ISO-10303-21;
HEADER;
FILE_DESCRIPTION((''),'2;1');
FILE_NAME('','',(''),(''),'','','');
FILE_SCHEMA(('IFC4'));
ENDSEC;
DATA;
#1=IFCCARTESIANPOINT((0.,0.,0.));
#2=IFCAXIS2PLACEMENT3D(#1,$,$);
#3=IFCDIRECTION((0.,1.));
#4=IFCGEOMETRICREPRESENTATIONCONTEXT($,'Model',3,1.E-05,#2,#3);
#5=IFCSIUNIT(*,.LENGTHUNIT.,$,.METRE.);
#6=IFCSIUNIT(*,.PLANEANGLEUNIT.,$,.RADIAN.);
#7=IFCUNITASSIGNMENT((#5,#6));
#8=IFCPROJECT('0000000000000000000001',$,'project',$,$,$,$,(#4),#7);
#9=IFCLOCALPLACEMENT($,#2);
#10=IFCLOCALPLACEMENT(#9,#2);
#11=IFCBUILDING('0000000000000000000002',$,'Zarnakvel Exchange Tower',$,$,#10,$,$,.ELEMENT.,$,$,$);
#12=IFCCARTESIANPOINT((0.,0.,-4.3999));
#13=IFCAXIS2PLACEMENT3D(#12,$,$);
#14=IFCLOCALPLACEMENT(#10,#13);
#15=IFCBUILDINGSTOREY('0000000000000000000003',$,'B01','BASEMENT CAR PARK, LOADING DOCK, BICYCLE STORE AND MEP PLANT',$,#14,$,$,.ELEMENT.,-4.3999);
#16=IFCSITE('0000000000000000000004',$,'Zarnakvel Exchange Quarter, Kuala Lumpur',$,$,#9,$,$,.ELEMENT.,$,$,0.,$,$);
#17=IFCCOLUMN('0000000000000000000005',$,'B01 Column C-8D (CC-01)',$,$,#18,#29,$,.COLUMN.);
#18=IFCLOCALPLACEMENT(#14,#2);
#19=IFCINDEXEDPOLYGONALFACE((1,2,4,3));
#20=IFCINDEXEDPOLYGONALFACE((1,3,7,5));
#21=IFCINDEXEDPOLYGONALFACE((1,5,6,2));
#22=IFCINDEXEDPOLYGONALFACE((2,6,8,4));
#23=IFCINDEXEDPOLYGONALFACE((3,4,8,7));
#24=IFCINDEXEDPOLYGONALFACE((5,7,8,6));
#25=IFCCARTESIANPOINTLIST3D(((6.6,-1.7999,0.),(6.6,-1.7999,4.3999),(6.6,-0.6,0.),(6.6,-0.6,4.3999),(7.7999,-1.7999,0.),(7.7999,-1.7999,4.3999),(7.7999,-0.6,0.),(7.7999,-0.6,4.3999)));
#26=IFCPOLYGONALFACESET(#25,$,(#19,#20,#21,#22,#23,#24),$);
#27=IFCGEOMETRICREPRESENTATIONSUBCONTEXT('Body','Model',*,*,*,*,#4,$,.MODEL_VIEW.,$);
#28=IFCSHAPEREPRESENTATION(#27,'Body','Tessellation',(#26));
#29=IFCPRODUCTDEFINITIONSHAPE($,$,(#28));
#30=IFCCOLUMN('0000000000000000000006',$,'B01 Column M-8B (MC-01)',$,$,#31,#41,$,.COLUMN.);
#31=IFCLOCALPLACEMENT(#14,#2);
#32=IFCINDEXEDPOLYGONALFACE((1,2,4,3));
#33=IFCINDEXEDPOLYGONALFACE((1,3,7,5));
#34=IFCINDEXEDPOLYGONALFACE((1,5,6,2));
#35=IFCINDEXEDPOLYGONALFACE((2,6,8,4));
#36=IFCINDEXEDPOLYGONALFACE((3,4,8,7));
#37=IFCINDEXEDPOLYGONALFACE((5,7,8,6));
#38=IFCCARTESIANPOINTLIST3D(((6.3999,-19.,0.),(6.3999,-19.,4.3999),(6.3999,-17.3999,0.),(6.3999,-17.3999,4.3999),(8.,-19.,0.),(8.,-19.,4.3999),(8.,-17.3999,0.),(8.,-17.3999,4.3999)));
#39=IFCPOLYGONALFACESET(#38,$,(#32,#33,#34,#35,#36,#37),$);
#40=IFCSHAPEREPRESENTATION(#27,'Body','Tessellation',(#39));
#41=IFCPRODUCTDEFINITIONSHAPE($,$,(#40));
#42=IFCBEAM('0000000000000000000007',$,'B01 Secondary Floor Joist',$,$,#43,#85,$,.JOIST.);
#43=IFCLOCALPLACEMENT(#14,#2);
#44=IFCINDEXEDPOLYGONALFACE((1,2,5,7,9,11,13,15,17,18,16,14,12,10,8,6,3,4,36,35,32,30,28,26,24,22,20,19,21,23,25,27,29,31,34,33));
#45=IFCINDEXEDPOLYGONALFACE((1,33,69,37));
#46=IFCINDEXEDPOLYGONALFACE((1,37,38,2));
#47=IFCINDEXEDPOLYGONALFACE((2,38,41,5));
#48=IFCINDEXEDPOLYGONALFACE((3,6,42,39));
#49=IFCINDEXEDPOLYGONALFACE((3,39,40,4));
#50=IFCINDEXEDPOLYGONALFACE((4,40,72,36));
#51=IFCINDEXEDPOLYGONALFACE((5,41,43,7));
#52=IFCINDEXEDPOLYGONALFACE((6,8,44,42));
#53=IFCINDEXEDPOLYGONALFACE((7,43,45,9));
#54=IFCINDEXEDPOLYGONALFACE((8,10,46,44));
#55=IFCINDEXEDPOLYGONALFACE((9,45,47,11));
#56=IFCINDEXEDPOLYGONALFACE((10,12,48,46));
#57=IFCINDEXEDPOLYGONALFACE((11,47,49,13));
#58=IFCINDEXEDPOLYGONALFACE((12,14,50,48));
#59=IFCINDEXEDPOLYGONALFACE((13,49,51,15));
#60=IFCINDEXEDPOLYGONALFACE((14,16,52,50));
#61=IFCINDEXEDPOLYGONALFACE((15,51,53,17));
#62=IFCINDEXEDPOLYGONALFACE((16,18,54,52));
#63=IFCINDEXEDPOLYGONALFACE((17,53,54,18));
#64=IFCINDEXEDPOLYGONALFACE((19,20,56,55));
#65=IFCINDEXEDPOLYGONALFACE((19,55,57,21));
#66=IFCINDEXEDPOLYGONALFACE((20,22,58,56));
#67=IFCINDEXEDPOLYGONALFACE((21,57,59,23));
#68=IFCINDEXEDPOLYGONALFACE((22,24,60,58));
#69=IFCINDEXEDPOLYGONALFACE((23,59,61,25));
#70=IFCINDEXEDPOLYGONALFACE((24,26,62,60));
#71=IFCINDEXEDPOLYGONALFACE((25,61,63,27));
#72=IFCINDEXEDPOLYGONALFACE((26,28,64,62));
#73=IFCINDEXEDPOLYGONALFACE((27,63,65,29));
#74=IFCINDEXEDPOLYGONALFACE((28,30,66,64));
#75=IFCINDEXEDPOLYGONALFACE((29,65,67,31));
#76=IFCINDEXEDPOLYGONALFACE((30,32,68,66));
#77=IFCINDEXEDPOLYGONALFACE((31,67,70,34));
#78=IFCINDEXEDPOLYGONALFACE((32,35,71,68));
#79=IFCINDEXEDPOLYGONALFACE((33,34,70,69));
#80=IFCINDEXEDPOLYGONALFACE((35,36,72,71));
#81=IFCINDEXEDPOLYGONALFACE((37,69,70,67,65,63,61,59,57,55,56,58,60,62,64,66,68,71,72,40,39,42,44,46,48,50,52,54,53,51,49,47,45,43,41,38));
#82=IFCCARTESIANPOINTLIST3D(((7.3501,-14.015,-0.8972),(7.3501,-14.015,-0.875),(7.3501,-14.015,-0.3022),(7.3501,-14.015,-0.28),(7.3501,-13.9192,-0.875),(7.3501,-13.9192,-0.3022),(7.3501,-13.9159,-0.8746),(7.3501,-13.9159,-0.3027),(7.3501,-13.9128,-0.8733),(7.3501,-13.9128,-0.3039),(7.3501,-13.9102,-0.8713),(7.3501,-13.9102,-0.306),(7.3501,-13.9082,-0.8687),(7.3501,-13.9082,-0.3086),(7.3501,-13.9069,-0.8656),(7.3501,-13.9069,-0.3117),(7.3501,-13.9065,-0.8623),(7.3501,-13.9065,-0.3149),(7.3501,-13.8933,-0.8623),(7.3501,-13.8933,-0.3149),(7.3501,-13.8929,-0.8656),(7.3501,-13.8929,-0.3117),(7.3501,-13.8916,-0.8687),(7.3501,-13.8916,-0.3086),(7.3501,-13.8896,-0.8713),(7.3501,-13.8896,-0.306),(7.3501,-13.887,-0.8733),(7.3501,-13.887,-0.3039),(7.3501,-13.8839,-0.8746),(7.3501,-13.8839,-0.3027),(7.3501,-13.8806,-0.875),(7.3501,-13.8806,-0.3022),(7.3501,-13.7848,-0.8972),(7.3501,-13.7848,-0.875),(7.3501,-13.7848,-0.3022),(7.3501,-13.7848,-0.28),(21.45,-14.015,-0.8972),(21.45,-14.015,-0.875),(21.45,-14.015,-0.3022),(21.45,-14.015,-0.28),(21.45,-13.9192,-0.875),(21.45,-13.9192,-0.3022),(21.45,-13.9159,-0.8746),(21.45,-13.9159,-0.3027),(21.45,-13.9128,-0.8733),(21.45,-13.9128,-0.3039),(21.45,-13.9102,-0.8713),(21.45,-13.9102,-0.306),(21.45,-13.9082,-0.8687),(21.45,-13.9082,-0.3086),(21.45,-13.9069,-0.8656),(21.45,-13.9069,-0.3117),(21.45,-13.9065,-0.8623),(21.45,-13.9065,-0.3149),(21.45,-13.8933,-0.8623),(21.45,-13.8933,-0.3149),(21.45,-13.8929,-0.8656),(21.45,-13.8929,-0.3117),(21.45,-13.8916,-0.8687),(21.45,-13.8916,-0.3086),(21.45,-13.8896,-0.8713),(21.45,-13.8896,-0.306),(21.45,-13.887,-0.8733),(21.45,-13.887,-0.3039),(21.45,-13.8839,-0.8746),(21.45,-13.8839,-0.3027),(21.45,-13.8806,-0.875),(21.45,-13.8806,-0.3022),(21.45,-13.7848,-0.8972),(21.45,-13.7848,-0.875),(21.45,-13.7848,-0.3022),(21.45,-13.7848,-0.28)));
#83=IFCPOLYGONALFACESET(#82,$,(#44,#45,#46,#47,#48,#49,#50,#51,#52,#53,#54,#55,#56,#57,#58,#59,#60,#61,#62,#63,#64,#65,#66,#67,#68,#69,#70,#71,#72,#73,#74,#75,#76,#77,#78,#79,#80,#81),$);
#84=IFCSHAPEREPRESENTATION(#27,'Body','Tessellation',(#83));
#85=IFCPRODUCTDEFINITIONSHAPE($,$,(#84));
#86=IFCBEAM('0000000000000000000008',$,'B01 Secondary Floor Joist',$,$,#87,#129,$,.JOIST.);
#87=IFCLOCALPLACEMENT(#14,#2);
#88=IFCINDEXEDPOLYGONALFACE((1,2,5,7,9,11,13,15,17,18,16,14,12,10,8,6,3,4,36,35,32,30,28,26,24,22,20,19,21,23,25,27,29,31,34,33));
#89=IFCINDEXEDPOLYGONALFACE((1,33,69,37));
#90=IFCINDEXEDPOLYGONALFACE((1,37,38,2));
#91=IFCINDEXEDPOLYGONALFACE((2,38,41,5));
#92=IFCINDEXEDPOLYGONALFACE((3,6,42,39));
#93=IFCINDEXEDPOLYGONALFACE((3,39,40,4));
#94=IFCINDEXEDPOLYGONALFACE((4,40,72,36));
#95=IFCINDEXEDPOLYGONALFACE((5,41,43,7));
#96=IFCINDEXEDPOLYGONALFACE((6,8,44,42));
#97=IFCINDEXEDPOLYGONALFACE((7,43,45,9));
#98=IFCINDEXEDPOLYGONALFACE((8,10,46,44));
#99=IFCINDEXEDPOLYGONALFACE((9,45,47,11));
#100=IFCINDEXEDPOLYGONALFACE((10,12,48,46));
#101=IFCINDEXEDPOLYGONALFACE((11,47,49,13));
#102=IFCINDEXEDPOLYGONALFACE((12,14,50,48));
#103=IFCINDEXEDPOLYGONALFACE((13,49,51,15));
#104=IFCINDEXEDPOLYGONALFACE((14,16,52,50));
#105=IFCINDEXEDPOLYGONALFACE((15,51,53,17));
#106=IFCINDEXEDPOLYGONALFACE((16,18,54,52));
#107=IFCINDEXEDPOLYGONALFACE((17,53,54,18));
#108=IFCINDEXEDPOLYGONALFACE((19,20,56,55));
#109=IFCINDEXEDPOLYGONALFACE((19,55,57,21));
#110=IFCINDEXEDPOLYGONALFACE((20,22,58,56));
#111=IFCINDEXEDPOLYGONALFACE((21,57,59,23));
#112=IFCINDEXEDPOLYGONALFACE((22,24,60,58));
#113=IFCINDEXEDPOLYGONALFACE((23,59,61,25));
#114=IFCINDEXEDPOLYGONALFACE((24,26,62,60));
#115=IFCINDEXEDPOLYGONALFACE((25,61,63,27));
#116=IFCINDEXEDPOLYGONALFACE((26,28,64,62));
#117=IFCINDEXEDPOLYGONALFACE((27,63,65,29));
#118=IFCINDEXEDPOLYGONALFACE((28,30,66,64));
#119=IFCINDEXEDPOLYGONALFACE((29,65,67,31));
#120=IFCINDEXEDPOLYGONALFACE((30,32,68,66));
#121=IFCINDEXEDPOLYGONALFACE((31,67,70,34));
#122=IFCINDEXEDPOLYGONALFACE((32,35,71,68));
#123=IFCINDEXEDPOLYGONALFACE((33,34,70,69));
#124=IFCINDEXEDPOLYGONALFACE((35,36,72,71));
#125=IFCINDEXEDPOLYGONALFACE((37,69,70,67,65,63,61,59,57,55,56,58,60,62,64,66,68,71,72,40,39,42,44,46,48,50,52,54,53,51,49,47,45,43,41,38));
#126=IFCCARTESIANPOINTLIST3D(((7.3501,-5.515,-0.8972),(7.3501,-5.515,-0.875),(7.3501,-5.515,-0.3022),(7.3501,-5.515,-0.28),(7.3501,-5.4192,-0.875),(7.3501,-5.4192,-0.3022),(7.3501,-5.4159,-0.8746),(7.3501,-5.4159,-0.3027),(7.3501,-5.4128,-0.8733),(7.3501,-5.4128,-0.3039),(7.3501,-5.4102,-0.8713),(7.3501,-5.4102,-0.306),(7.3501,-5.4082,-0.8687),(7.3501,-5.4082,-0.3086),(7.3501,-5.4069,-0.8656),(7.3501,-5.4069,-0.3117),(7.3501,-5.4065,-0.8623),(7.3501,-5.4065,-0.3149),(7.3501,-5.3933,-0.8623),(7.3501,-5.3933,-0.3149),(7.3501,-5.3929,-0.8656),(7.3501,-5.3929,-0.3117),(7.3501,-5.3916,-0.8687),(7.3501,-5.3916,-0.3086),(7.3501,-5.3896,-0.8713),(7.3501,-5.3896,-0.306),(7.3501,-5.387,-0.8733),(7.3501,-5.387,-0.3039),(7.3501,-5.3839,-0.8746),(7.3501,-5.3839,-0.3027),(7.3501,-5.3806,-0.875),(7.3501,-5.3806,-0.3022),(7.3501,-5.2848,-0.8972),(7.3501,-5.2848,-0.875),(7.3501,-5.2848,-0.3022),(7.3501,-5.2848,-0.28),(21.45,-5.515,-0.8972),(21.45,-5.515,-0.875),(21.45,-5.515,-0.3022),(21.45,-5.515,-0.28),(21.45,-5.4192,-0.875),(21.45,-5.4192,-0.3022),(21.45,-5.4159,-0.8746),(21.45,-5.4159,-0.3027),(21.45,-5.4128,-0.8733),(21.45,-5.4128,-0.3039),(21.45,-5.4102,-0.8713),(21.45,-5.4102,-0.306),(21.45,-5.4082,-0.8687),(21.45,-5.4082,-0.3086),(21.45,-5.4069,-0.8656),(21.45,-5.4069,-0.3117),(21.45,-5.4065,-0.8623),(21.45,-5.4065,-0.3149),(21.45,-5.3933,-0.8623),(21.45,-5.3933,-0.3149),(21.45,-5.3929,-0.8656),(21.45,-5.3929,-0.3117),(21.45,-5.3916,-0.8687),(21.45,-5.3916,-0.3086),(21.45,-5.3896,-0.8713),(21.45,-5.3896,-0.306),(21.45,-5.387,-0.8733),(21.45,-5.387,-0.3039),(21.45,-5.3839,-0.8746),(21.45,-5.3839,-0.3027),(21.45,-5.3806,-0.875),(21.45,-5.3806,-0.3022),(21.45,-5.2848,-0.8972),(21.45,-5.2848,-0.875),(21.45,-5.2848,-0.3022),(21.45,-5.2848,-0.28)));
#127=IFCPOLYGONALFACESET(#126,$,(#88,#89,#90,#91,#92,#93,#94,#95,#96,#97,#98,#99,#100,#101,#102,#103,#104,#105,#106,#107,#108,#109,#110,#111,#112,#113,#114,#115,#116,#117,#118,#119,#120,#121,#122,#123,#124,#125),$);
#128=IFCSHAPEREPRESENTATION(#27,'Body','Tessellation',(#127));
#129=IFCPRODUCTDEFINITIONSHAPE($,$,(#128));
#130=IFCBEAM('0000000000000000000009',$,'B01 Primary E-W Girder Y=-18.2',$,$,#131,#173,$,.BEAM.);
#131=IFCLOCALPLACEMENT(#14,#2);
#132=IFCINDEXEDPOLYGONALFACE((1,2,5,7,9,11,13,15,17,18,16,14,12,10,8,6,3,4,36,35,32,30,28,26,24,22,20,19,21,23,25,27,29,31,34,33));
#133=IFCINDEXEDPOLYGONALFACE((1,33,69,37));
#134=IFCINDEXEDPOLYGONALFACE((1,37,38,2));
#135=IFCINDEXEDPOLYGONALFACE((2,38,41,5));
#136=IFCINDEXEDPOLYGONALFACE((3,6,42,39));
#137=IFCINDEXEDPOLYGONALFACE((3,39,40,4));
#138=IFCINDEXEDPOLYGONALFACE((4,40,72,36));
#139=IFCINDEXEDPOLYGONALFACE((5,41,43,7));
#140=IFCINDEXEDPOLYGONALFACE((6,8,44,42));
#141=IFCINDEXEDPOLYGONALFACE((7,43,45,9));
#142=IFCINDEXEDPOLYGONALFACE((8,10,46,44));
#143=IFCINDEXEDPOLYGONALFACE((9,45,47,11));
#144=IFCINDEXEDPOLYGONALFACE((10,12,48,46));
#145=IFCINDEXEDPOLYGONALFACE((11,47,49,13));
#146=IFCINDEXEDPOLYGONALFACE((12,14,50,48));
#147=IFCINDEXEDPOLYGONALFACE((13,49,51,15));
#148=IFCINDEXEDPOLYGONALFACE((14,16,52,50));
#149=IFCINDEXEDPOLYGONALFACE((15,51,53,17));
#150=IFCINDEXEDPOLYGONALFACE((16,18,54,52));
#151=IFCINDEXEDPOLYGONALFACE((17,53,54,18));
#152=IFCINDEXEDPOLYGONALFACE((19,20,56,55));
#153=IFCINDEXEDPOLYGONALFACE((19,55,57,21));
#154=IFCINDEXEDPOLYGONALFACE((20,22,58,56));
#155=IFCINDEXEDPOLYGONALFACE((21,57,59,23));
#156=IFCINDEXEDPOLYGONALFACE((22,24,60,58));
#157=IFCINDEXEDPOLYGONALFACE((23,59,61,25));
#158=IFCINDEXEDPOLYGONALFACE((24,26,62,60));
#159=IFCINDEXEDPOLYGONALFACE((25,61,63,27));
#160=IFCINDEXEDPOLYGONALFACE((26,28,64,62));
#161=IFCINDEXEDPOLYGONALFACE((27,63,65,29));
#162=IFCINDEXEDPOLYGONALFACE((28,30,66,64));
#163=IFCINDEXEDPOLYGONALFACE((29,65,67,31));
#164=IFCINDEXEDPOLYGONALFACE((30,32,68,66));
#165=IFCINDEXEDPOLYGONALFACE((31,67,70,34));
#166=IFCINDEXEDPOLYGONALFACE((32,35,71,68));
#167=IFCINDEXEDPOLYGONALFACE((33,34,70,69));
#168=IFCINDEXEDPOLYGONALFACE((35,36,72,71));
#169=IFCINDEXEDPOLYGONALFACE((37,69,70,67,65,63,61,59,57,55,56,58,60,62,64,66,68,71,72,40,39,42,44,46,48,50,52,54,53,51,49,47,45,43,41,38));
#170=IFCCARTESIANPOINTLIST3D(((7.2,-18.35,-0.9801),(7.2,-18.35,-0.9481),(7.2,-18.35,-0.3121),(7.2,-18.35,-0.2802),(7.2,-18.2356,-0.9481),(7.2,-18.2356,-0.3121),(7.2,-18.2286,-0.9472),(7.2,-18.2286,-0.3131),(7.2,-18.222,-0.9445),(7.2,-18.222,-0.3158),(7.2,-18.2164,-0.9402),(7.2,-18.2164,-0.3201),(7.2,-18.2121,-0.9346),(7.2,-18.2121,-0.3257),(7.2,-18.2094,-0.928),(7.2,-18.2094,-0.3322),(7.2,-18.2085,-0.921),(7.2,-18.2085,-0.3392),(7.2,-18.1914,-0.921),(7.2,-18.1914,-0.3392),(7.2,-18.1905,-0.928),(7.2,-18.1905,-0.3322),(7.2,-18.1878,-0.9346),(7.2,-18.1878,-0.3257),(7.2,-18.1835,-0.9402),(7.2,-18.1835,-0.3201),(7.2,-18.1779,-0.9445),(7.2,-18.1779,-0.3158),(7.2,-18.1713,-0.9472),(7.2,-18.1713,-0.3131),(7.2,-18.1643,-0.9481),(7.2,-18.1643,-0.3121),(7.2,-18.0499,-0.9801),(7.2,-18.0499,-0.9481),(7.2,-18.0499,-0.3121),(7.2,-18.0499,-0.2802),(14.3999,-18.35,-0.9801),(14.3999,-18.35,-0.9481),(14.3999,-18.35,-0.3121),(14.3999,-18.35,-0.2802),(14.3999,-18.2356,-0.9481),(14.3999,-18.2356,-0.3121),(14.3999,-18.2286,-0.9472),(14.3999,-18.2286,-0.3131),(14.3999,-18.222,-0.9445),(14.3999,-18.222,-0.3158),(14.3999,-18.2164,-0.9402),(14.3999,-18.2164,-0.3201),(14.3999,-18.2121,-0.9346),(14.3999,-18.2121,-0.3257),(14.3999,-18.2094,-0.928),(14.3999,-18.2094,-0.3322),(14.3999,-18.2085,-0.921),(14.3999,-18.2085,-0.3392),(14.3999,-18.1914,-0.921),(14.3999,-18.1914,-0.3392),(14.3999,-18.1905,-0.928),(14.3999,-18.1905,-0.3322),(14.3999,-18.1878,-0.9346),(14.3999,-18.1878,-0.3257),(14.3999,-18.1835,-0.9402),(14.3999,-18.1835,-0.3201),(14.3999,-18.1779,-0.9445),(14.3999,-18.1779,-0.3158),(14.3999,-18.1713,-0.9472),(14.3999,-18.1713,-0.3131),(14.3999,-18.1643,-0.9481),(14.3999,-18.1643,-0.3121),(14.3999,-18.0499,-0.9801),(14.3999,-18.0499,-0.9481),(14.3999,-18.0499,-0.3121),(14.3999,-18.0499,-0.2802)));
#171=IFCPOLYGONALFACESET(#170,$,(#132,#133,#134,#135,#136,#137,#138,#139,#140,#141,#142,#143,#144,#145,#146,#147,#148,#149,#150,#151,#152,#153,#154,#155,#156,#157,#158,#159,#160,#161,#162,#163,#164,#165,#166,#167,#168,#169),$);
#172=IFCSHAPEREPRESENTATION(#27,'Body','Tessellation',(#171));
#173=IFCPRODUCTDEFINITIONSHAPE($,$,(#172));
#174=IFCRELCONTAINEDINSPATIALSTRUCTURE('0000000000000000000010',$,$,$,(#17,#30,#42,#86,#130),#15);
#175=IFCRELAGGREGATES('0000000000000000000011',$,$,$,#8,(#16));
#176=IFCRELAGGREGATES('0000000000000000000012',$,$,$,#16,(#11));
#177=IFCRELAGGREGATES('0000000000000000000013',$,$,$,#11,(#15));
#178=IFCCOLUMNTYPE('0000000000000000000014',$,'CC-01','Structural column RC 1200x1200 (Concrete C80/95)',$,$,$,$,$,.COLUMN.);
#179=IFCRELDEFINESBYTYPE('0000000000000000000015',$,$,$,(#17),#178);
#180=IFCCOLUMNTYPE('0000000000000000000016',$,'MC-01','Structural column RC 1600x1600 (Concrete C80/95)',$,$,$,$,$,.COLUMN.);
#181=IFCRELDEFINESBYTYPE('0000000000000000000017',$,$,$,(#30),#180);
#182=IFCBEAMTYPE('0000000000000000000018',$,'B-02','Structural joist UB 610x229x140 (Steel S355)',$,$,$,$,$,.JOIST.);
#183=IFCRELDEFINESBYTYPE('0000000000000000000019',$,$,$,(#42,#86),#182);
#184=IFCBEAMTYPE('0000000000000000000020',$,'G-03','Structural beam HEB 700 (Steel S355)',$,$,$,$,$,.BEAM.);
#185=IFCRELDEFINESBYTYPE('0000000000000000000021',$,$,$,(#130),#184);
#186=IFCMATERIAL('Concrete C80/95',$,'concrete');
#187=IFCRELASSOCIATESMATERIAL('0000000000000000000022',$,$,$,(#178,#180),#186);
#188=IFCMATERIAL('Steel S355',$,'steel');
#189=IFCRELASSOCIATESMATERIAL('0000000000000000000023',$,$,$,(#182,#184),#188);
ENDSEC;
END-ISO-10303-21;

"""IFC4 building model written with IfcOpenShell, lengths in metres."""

from ifc_helpers import new_model, si_unit, direction, frame, origin, origin_2d, place, context, subcontext, project, spatial, rectangle, i_section, extrude, material, material_profile, profile_set, type_object, element, save


model = new_model("IFC4")

# Units and contexts
model_context = context("Model", 3, precision=1e-05, world=origin(), true_north=direction((0.0, 1.0)))
body_context = subcontext(model_context, "Body", "Model", "MODEL_VIEW")
ifc_project = project(units=[si_unit("LENGTHUNIT", "METRE"), si_unit("PLANEANGLEUNIT", "RADIAN")], contexts=[model_context])

# Site, building, storey
site_placement = place(None, origin())
site = spatial("IfcSite", under=ifc_project, at=site_placement, Name="Zarnakvel Exchange Quarter, Kuala Lumpur", CompositionType="ELEMENT", RefElevation=0.0)
building_placement = place(site_placement, origin())
building = spatial("IfcBuilding", under=site, at=building_placement, Name="Zarnakvel Exchange Tower", CompositionType="ELEMENT")
storey_placement = place(building_placement, frame((0.0, 0.0, -4.3999)))
storey = spatial("IfcBuildingStorey", under=building, at=storey_placement, Name="B01", Description="BASEMENT CAR PARK, LOADING DOCK, BICYCLE STORE AND MEP PLANT", CompositionType="ELEMENT", Elevation=-4.3999)

# Columns
ifc_material_1 = material(Name="Concrete C80/95", Category="concrete")
ifc_material_profile_1 = material_profile(ifc_material_1, rectangle(XDim=1.2, YDim=1.2, at=origin_2d()))
ifc_profile_set_1 = profile_set([ifc_material_profile_1], Name="Concrete C80/95")
column_type_1 = type_object("IfcColumnType", Name="CC-01", Description="Structural column RC 1200x1200 (Concrete C80/95)", PredefinedType="COLUMN", material=ifc_profile_set_1)
column_1_placement = place(storey_placement, frame((7.2, -1.2, 0.0), z_axis=(0.0, 0.0, 1.0), x_axis=(1.0, 0.0, 0.0)))
element("IfcColumn", 1, at=column_1_placement, inside=storey, type_object=column_type_1, Name="B01 Column C-8D (CC-01)", PredefinedType="COLUMN", context=body_context, shape_type="SweptSolid", body=[
    extrude(rectangle(XDim=1.2, YDim=1.2, at=origin_2d()), origin(), (0.0, 0.0, 1.0), 4.3999),
])
ifc_material_profile_2 = material_profile(ifc_material_1, rectangle(XDim=1.6001, YDim=1.6001, at=origin_2d()))
ifc_profile_set_2 = profile_set([ifc_material_profile_2], Name="Concrete C80/95")
column_type_2 = type_object("IfcColumnType", Name="MC-01", Description="Structural column RC 1600x1600 (Concrete C80/95)", PredefinedType="COLUMN", material=ifc_profile_set_2)
column_2_placement = place(storey_placement, frame((7.2, -18.2, 0.0), z_axis=(0.0, 0.0, 1.0), x_axis=(1.0, 0.0, 0.0)))
element("IfcColumn", 2, at=column_2_placement, inside=storey, type_object=column_type_2, Name="B01 Column M-8B (MC-01)", PredefinedType="COLUMN", context=body_context, shape_type="SweptSolid", body=[
    extrude(rectangle(XDim=1.6001, YDim=1.6001, at=origin_2d()), origin(), (0.0, 0.0, 1.0), 4.3999),
])

# Beams
ifc_material_2 = material(Name="Steel S355", Category="steel")
ifc_material_profile_3 = material_profile(ifc_material_2, i_section(OverallWidth=0.2302, OverallDepth=0.6172, WebThickness=0.0132, FlangeThickness=0.0222, FilletRadius=0.0127, at=origin_2d()))
ifc_profile_set_3 = profile_set([ifc_material_profile_3], Name="Steel S355")
beam_type_1 = type_object("IfcBeamType", Name="B-02", Description="Structural joist UB 610x229x140 (Steel S355)", PredefinedType="JOIST", material=ifc_profile_set_3)
for number, where, z_axis, x_axis, name in (
    (3, (7.3501, -13.8999, -0.5886), (1.0, 0.0, 0.0), (0.0, 1.0, 0.0), "B01 Secondary Floor Joist"),
    (4, (7.3501, -5.3999, -0.5886), (1.0, 0.0, 0.0), (0.0, 1.0, 0.0), "B01 Secondary Floor Joist"),
):
    element("IfcBeam", number, at=place(storey_placement, frame(where, z_axis=z_axis, x_axis=x_axis)), inside=storey, type_object=beam_type_1, Name=name, PredefinedType="JOIST", context=body_context, shape_type="SweptSolid", body=[
        extrude(i_section(OverallWidth=0.2302, OverallDepth=0.6172, WebThickness=0.0132, FlangeThickness=0.0222, FilletRadius=0.0127, at=origin_2d()), origin(), (0.0, 0.0, 1.0), 14.0999),
    ])
ifc_material_profile_4 = material_profile(ifc_material_2, i_section(OverallWidth=0.3, OverallDepth=0.7, WebThickness=0.0171, FlangeThickness=0.032, FilletRadius=0.0271, at=origin_2d()))
ifc_profile_set_4 = profile_set([ifc_material_profile_4], Name="Steel S355")
beam_type_2 = type_object("IfcBeamType", Name="G-03", Description="Structural beam HEB 700 (Steel S355)", PredefinedType="BEAM", material=ifc_profile_set_4)
beam_1_placement = place(storey_placement, frame((7.2, -18.2, -0.6301), z_axis=(1.0, 0.0, 0.0), x_axis=(0.0, 1.0, 0.0)))
element("IfcBeam", 5, at=beam_1_placement, inside=storey, type_object=beam_type_2, Name="B01 Primary E-W Girder Y=-18.2", PredefinedType="BEAM", context=body_context, shape_type="SweptSolid", body=[
    extrude(i_section(OverallWidth=0.3, OverallDepth=0.7, WebThickness=0.0171, FlangeThickness=0.032, FilletRadius=0.0271, at=origin_2d()), origin(), (0.0, 0.0, 1.0), 7.2),
])

save(model, "model.ifc")
